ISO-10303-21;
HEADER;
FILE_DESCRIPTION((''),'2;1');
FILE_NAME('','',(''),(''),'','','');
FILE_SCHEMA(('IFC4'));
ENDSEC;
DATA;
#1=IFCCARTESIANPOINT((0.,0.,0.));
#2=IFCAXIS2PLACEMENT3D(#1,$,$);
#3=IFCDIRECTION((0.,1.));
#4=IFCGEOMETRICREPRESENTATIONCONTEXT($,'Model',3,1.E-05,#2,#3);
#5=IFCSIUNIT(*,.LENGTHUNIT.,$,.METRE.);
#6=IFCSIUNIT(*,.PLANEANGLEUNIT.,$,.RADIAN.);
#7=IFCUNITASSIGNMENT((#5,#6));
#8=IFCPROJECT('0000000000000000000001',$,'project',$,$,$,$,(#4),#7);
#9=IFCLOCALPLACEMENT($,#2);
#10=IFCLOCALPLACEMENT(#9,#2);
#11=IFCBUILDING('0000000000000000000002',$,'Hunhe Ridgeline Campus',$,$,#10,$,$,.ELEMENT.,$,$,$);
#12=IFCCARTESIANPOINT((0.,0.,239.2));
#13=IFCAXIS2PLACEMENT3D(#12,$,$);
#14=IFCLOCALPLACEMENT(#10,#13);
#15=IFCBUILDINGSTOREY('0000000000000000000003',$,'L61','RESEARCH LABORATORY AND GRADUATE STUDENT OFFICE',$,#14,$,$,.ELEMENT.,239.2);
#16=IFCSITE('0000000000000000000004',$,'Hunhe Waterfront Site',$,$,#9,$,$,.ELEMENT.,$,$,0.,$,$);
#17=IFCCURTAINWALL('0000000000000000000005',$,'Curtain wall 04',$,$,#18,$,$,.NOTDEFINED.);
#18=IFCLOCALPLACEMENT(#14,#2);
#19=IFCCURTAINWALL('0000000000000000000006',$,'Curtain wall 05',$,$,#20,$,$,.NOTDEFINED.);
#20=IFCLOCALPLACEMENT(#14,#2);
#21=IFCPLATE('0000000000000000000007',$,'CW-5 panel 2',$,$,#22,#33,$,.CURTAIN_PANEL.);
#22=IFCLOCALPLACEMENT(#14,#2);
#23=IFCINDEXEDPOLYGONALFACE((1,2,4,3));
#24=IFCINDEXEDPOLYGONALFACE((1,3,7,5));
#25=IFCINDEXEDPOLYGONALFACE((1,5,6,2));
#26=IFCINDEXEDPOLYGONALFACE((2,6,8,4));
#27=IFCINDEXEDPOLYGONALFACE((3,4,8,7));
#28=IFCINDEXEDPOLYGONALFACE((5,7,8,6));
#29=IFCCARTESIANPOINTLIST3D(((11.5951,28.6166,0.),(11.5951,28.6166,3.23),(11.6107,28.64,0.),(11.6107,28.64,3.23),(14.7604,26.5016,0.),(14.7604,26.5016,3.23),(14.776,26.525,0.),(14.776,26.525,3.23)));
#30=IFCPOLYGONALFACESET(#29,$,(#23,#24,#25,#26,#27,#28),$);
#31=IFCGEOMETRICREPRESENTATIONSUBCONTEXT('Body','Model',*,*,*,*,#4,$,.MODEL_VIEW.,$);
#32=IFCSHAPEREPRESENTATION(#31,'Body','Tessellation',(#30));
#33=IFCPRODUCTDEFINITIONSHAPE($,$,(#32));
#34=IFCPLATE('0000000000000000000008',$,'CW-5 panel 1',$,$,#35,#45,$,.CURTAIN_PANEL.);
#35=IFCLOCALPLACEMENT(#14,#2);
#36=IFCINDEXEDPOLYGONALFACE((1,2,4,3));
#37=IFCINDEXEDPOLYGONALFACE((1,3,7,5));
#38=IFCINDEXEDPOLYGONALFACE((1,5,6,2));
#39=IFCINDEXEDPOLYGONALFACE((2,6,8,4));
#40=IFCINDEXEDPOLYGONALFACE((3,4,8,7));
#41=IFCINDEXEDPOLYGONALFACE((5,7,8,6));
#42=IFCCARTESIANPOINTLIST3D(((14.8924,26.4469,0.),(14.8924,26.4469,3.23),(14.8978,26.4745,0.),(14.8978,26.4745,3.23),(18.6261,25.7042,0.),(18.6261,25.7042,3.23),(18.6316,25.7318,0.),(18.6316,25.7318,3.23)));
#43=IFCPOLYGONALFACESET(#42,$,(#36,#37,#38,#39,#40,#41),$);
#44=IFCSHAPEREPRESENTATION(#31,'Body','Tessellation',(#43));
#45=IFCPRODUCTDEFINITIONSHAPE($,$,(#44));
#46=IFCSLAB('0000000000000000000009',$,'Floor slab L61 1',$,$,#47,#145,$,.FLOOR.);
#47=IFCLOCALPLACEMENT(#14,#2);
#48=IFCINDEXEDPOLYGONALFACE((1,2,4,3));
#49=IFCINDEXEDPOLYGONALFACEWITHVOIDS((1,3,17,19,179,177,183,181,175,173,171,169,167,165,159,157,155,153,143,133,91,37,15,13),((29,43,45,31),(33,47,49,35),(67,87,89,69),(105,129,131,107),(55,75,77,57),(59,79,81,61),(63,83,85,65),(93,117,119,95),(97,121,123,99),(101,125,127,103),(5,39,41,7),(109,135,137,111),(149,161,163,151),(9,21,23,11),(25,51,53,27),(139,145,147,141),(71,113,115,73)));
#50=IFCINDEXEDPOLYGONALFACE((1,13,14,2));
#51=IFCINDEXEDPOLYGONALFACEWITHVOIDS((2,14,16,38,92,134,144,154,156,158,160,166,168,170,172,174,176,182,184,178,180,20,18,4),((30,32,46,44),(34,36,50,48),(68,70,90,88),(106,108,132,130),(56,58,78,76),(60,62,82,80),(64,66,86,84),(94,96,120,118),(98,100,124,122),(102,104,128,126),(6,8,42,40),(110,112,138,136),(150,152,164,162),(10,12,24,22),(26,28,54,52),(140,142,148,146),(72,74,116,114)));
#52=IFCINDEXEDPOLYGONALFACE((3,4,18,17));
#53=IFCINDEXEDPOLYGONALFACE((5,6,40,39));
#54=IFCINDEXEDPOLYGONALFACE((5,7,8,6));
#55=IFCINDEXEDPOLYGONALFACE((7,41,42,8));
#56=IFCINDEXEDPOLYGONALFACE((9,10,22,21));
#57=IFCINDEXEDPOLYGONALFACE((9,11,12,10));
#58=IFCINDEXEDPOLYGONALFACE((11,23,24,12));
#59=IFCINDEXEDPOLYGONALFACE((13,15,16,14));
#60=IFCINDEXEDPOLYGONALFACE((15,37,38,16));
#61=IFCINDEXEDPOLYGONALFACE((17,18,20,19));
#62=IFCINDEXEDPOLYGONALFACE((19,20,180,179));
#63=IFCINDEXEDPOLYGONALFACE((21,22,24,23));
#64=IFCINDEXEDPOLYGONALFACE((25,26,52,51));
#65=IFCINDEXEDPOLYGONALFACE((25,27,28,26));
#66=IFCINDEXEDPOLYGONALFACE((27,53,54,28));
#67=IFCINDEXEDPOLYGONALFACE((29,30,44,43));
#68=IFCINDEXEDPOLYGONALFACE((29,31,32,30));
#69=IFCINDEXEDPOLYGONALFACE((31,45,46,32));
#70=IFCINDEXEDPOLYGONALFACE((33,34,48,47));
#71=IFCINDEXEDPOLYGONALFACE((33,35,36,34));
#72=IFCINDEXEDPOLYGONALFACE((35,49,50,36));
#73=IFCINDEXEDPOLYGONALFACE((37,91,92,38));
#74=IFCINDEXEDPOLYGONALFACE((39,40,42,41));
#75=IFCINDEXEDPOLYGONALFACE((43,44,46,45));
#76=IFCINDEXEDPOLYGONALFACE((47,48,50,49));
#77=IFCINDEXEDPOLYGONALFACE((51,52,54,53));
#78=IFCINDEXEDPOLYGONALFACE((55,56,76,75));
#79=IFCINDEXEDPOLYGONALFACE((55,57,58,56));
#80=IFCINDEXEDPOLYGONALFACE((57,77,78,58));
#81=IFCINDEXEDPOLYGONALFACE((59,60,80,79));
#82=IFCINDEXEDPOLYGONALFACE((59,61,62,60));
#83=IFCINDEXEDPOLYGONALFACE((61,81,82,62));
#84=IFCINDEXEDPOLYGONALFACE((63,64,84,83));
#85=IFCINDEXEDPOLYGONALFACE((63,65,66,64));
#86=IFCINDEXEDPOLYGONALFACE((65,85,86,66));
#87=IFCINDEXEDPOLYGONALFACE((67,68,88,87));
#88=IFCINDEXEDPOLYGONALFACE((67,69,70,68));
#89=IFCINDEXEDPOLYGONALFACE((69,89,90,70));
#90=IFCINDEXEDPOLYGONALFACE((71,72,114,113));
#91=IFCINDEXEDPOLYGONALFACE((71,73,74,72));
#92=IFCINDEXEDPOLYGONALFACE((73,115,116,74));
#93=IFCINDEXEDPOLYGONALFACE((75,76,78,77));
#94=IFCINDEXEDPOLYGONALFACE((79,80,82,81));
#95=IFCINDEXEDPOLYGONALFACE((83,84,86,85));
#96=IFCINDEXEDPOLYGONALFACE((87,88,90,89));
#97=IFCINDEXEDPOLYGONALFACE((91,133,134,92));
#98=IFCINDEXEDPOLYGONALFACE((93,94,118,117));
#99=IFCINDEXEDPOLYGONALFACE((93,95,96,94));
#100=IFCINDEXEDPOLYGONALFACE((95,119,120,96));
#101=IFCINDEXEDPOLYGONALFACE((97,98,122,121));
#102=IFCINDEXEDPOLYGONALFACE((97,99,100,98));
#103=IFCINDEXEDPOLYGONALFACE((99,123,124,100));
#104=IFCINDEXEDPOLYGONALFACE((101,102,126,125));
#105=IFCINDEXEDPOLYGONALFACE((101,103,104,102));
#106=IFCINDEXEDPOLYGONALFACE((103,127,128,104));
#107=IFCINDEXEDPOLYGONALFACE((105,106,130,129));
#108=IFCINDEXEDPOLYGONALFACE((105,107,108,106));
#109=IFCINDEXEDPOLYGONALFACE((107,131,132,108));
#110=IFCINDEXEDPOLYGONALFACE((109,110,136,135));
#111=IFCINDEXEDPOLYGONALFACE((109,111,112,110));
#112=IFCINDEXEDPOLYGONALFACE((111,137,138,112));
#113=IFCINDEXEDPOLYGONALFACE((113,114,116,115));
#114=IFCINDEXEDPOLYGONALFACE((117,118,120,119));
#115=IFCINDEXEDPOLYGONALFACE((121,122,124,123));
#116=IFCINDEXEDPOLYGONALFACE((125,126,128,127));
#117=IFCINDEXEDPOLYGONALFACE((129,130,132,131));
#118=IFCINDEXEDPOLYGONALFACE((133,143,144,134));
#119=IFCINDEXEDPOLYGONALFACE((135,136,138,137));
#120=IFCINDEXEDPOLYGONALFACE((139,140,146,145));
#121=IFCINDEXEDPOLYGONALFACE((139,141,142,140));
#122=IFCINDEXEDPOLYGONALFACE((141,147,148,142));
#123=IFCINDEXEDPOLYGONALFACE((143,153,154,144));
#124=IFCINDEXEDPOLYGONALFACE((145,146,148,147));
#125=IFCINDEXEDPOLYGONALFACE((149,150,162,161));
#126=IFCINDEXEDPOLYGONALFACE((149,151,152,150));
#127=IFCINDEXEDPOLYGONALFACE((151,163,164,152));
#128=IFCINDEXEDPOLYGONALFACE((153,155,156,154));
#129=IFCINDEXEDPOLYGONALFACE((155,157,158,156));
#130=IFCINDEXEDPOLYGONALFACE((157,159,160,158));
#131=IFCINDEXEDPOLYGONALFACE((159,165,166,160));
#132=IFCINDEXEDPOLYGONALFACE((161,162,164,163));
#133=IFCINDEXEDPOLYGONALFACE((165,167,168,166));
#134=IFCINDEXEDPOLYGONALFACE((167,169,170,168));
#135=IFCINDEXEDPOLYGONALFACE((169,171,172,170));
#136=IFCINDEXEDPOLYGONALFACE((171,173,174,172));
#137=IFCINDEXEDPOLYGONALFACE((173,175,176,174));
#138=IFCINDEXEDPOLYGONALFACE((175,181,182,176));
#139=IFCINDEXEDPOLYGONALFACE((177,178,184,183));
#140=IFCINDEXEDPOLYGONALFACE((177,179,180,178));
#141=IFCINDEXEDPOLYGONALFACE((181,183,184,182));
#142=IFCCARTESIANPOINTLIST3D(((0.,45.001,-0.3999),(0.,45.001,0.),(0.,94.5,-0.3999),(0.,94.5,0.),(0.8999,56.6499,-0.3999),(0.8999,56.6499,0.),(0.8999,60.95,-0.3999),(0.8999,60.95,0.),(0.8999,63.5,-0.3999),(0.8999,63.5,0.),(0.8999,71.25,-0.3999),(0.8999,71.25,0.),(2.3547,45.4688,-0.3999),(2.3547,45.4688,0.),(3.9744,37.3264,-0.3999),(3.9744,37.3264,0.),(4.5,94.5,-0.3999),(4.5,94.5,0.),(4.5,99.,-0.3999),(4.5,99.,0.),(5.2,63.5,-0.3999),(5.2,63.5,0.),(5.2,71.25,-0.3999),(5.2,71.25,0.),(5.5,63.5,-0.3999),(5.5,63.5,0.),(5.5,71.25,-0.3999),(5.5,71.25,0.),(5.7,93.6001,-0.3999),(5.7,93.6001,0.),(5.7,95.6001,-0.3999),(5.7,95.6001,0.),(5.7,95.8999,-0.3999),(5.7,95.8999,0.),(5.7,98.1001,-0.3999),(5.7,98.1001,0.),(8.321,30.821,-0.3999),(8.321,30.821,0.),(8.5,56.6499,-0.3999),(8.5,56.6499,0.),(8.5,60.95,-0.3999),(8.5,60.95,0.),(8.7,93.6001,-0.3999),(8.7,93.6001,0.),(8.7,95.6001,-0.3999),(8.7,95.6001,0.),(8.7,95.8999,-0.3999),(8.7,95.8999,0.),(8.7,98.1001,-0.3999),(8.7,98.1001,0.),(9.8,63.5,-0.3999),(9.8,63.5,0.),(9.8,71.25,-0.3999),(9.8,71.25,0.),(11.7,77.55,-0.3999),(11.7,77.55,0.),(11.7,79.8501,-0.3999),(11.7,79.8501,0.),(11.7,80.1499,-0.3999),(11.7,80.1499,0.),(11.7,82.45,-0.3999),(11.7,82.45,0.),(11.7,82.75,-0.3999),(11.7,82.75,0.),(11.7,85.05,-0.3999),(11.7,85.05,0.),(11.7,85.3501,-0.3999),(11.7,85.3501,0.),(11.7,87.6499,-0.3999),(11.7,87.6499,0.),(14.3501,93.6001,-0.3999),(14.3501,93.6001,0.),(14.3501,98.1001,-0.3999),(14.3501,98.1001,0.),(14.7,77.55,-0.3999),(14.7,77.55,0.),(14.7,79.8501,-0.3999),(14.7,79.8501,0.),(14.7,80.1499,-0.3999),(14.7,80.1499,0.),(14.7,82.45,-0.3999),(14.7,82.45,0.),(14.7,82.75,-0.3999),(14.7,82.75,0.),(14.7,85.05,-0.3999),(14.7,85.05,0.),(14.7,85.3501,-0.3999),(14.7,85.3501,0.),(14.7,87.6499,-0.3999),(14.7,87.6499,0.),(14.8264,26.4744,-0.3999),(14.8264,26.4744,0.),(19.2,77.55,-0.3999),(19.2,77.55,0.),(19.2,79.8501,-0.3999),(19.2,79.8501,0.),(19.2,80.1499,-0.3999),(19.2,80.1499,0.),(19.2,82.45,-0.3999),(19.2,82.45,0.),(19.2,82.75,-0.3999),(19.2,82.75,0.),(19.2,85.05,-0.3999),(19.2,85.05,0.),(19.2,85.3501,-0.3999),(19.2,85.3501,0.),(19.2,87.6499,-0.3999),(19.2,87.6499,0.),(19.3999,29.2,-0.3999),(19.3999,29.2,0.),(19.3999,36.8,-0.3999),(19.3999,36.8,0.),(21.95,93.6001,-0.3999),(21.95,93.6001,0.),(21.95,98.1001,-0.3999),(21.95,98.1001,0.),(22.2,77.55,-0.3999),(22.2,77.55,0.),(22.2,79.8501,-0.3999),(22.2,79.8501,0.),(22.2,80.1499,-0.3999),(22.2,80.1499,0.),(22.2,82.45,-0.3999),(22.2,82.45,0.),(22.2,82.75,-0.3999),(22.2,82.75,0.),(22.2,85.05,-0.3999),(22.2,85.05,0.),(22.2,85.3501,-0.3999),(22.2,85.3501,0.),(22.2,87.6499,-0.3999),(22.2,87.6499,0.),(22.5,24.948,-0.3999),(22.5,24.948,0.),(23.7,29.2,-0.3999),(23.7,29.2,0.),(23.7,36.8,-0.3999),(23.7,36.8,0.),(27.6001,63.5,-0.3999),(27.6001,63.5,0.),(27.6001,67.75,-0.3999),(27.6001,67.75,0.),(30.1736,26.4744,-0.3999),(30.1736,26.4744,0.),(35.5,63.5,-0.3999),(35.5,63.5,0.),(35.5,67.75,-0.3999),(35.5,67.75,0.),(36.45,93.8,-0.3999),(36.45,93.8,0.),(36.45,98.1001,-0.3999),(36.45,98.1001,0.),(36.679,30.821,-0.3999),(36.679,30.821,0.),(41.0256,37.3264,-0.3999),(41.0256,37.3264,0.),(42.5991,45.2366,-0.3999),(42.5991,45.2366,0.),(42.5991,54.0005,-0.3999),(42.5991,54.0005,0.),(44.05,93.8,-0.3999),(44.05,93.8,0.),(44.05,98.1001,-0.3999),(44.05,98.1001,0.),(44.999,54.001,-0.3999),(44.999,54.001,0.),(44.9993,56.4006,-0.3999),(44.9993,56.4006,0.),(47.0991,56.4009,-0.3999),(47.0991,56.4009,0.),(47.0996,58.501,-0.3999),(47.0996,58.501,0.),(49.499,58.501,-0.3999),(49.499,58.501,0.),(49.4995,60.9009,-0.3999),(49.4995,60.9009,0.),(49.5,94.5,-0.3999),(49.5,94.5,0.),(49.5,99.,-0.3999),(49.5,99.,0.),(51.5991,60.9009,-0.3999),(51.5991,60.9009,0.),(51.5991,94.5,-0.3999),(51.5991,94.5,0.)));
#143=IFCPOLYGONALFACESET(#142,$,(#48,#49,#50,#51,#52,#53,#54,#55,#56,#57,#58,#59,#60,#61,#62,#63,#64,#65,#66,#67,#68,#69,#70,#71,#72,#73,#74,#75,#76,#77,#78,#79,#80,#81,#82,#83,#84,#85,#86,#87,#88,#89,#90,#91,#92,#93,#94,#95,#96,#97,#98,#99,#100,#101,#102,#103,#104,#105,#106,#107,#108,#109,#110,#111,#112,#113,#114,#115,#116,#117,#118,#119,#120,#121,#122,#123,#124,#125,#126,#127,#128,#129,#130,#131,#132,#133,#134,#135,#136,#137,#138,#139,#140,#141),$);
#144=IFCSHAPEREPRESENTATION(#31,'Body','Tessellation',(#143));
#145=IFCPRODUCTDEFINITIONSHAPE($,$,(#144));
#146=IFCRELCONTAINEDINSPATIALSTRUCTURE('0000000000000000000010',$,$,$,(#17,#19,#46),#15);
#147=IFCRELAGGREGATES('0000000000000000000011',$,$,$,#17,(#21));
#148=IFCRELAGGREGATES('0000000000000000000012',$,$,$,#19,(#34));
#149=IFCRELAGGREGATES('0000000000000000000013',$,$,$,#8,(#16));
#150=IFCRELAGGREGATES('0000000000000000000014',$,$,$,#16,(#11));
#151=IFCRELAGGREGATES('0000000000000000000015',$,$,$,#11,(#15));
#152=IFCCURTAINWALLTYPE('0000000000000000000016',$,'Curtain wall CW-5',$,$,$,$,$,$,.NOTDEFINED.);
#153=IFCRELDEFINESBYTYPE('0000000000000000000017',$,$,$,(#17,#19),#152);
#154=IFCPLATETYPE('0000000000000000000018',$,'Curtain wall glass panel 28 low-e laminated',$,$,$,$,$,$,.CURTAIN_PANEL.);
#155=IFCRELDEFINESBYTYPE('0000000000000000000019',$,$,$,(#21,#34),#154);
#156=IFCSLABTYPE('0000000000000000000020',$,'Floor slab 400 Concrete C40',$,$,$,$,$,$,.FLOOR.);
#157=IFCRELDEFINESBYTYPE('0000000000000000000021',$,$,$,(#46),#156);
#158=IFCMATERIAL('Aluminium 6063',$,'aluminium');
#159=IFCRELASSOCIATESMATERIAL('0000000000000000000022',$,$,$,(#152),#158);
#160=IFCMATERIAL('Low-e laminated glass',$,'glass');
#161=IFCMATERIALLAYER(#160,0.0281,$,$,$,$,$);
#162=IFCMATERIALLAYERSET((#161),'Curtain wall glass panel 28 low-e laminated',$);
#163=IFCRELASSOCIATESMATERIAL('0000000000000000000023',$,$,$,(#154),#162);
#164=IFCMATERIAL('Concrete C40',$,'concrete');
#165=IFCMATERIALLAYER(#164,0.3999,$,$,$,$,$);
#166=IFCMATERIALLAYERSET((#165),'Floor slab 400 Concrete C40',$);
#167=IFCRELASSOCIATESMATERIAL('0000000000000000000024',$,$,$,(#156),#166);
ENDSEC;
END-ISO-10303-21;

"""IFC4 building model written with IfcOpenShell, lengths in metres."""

from ifc_helpers import new_model, si_unit, direction, frame, origin, origin_2d, place, context, subcontext, project, spatial, polyline, rectangle, outline, extrude, material, layer, layer_set, type_object, element, aggregate, save


model = new_model("IFC4")

# Units and contexts
model_context = context("Model", 3, precision=1e-05, world=origin(), true_north=direction((0.0, 1.0)))
body_context = subcontext(model_context, "Body", "Model", "MODEL_VIEW")
ifc_project = project(units=[si_unit("LENGTHUNIT", "METRE"), si_unit("PLANEANGLEUNIT", "RADIAN")], contexts=[model_context])

# Site, building, storey
site_placement = place(None, origin())
site = spatial("IfcSite", under=ifc_project, at=site_placement, Name="Hunhe Waterfront Site", CompositionType="ELEMENT", RefElevation=0.0)
building_placement = place(site_placement, origin())
building = spatial("IfcBuilding", under=site, at=building_placement, Name="Hunhe Ridgeline Campus", CompositionType="ELEMENT")
storey_placement = place(building_placement, frame((0.0, 0.0, 239.2)))
storey = spatial("IfcBuildingStorey", under=building, at=storey_placement, Name="L61", Description="RESEARCH LABORATORY AND GRADUATE STUDENT OFFICE", CompositionType="ELEMENT", Elevation=239.2)

# Shared definitions
ifc_material_1 = material(Name="Aluminium 6063", Category="aluminium")
curtain_wall_type = type_object("IfcCurtainWallType", Name="Curtain wall CW-5", PredefinedType="NOTDEFINED", material=ifc_material_1)

# Curtain walls
curtain_wall_1_placement = place(storey_placement, origin())
curtain_wall_1 = element("IfcCurtainWall", 1, at=curtain_wall_1_placement, inside=storey, type_object=curtain_wall_type, Name="Curtain wall 04", PredefinedType="NOTDEFINED")
curtain_wall_2_placement = place(storey_placement, origin())
curtain_wall_2 = element("IfcCurtainWall", 2, at=curtain_wall_2_placement, inside=storey, type_object=curtain_wall_type, Name="Curtain wall 05", PredefinedType="NOTDEFINED")

# Plates
ifc_material_2 = material(Name="Low-e laminated glass", Category="glass")
ifc_layer_1 = layer(ifc_material_2, 0.0281)
ifc_layer_set_1 = layer_set([ifc_layer_1], Name="Curtain wall glass panel 28 low-e laminated")
plate_type = type_object("IfcPlateType", Name="Curtain wall glass panel 28 low-e laminated", PredefinedType="CURTAIN_PANEL", material=ifc_layer_set_1)
plate_1_placement = place(storey_placement, frame((13.1855, 27.5708, 0.0), z_axis=(0.0, 0.0, 1.0), x_axis=(0.83147, -0.55557, 0.0)))
plate_1 = element("IfcPlate", 3, at=plate_1_placement, type_object=plate_type, Name="CW-5 panel 2", PredefinedType="CURTAIN_PANEL", context=body_context, shape_type="SweptSolid", body=[
    extrude(rectangle(XDim=3.8069, YDim=0.0281, at=origin_2d()), origin(), (0.0, 0.0, 1.0), 3.23),
])
aggregate(curtain_wall_1, [plate_1])
plate_2_placement = place(storey_placement, frame((16.762, 26.0894, 0.0), z_axis=(0.0, 0.0, 1.0), x_axis=(0.980785, -0.19509, 0.0)))
plate_2 = element("IfcPlate", 4, at=plate_2_placement, type_object=plate_type, Name="CW-5 panel 1", PredefinedType="CURTAIN_PANEL", context=body_context, shape_type="SweptSolid", body=[
    extrude(rectangle(XDim=3.8069, YDim=0.0281, at=origin_2d()), origin(), (0.0, 0.0, 1.0), 3.23),
])
aggregate(curtain_wall_2, [plate_2])

# Slab
ifc_material_3 = material(Name="Concrete C40", Category="concrete")
ifc_layer_2 = layer(ifc_material_3, 0.3999)
ifc_layer_set_2 = layer_set([ifc_layer_2], Name="Floor slab 400 Concrete C40")
slab_type_1 = type_object("IfcSlabType", Name="Floor slab 400 Concrete C40", PredefinedType="FLOOR", material=ifc_layer_set_2)
slab_1_placement = place(storey_placement, frame((0.0, 0.0, -0.3999)))
element("IfcSlab", 5, at=slab_1_placement, inside=storey, type_object=slab_type_1, Name="Floor slab L61 1", PredefinedType="FLOOR", context=body_context, shape_type="SweptSolid", body=[
    extrude(outline(polyline([(36.679, 30.821), (41.0256, 37.3264), (42.5991, 45.2366), (42.5991, 54.0005), (44.999, 54.001), (44.9993, 56.4006), (47.0991, 56.4009), (47.0996, 58.501), (49.499, 58.501), (49.4995, 60.9009), (51.5991, 60.9009), (51.5991, 94.5), (49.5, 94.5), (49.5, 99.0), (4.5, 99.0), (4.5, 94.5), (0.0, 94.5), (0.0, 45.001), (2.3547, 45.4688), (3.9744, 37.3264), (8.321, 30.821), (14.8264, 26.4744), (22.5, 24.948), (30.1736, 26.4744), (36.679, 30.821)]), holes=[polyline([(36.45, 98.1001), (36.45, 93.8), (44.05, 93.8), (44.05, 98.1001), (36.45, 98.1001)]), polyline([(27.6001, 63.5), (35.5, 63.5), (35.5, 67.75), (27.6001, 67.75), (27.6001, 63.5)]), polyline([(19.3999, 36.8), (19.3999, 29.2), (23.7, 29.2), (23.7, 36.8), (19.3999, 36.8)]), polyline([(22.2, 87.6499), (19.2, 87.6499), (19.2, 85.3501), (22.2, 85.3501), (22.2, 87.6499)]), polyline([(22.2, 77.55), (22.2, 79.8501), (19.2, 79.8501), (19.2, 77.55), (22.2, 77.55)]), polyline([(19.2, 85.05), (19.2, 82.75), (22.2, 82.75), (22.2, 85.05), (19.2, 85.05)]), polyline([(19.2, 80.1499), (22.2, 80.1499), (22.2, 82.45), (19.2, 82.45), (19.2, 80.1499)]), polyline([(14.3501, 98.1001), (14.3501, 93.6001), (21.95, 93.6001), (21.95, 98.1001), (14.3501, 98.1001)]), polyline([(14.7, 87.6499), (11.7, 87.6499), (11.7, 85.3501), (14.7, 85.3501), (14.7, 87.6499)]), polyline([(14.7, 77.55), (14.7, 79.8501), (11.7, 79.8501), (11.7, 77.55), (14.7, 77.55)]), polyline([(11.7, 85.05), (11.7, 82.75), (14.7, 82.75), (14.7, 85.05), (11.7, 85.05)]), polyline([(11.7, 80.1499), (14.7, 80.1499), (14.7, 82.45), (11.7, 82.45), (11.7, 80.1499)]), polyline([(9.8, 63.5), (9.8, 71.25), (5.5, 71.25), (5.5, 63.5), (9.8, 63.5)]), polyline([(8.7, 93.6001), (8.7, 95.6001), (5.7, 95.6001), (5.7, 93.6001), (8.7, 93.6001)]), polyline([(5.7, 95.8999), (8.7, 95.8999), (8.7, 98.1001), (5.7, 98.1001), (5.7, 95.8999)]), polyline([(0.8999, 60.95), (0.8999, 56.6499), (8.5, 56.6499), (8.5, 60.95), (0.8999, 60.95)]), polyline([(5.2, 71.25), (0.8999, 71.25), (0.8999, 63.5), (5.2, 63.5), (5.2, 71.25)])]), origin(), (0.0, 0.0, 1.0), 0.3999),
])

save(model, "model.ifc")
